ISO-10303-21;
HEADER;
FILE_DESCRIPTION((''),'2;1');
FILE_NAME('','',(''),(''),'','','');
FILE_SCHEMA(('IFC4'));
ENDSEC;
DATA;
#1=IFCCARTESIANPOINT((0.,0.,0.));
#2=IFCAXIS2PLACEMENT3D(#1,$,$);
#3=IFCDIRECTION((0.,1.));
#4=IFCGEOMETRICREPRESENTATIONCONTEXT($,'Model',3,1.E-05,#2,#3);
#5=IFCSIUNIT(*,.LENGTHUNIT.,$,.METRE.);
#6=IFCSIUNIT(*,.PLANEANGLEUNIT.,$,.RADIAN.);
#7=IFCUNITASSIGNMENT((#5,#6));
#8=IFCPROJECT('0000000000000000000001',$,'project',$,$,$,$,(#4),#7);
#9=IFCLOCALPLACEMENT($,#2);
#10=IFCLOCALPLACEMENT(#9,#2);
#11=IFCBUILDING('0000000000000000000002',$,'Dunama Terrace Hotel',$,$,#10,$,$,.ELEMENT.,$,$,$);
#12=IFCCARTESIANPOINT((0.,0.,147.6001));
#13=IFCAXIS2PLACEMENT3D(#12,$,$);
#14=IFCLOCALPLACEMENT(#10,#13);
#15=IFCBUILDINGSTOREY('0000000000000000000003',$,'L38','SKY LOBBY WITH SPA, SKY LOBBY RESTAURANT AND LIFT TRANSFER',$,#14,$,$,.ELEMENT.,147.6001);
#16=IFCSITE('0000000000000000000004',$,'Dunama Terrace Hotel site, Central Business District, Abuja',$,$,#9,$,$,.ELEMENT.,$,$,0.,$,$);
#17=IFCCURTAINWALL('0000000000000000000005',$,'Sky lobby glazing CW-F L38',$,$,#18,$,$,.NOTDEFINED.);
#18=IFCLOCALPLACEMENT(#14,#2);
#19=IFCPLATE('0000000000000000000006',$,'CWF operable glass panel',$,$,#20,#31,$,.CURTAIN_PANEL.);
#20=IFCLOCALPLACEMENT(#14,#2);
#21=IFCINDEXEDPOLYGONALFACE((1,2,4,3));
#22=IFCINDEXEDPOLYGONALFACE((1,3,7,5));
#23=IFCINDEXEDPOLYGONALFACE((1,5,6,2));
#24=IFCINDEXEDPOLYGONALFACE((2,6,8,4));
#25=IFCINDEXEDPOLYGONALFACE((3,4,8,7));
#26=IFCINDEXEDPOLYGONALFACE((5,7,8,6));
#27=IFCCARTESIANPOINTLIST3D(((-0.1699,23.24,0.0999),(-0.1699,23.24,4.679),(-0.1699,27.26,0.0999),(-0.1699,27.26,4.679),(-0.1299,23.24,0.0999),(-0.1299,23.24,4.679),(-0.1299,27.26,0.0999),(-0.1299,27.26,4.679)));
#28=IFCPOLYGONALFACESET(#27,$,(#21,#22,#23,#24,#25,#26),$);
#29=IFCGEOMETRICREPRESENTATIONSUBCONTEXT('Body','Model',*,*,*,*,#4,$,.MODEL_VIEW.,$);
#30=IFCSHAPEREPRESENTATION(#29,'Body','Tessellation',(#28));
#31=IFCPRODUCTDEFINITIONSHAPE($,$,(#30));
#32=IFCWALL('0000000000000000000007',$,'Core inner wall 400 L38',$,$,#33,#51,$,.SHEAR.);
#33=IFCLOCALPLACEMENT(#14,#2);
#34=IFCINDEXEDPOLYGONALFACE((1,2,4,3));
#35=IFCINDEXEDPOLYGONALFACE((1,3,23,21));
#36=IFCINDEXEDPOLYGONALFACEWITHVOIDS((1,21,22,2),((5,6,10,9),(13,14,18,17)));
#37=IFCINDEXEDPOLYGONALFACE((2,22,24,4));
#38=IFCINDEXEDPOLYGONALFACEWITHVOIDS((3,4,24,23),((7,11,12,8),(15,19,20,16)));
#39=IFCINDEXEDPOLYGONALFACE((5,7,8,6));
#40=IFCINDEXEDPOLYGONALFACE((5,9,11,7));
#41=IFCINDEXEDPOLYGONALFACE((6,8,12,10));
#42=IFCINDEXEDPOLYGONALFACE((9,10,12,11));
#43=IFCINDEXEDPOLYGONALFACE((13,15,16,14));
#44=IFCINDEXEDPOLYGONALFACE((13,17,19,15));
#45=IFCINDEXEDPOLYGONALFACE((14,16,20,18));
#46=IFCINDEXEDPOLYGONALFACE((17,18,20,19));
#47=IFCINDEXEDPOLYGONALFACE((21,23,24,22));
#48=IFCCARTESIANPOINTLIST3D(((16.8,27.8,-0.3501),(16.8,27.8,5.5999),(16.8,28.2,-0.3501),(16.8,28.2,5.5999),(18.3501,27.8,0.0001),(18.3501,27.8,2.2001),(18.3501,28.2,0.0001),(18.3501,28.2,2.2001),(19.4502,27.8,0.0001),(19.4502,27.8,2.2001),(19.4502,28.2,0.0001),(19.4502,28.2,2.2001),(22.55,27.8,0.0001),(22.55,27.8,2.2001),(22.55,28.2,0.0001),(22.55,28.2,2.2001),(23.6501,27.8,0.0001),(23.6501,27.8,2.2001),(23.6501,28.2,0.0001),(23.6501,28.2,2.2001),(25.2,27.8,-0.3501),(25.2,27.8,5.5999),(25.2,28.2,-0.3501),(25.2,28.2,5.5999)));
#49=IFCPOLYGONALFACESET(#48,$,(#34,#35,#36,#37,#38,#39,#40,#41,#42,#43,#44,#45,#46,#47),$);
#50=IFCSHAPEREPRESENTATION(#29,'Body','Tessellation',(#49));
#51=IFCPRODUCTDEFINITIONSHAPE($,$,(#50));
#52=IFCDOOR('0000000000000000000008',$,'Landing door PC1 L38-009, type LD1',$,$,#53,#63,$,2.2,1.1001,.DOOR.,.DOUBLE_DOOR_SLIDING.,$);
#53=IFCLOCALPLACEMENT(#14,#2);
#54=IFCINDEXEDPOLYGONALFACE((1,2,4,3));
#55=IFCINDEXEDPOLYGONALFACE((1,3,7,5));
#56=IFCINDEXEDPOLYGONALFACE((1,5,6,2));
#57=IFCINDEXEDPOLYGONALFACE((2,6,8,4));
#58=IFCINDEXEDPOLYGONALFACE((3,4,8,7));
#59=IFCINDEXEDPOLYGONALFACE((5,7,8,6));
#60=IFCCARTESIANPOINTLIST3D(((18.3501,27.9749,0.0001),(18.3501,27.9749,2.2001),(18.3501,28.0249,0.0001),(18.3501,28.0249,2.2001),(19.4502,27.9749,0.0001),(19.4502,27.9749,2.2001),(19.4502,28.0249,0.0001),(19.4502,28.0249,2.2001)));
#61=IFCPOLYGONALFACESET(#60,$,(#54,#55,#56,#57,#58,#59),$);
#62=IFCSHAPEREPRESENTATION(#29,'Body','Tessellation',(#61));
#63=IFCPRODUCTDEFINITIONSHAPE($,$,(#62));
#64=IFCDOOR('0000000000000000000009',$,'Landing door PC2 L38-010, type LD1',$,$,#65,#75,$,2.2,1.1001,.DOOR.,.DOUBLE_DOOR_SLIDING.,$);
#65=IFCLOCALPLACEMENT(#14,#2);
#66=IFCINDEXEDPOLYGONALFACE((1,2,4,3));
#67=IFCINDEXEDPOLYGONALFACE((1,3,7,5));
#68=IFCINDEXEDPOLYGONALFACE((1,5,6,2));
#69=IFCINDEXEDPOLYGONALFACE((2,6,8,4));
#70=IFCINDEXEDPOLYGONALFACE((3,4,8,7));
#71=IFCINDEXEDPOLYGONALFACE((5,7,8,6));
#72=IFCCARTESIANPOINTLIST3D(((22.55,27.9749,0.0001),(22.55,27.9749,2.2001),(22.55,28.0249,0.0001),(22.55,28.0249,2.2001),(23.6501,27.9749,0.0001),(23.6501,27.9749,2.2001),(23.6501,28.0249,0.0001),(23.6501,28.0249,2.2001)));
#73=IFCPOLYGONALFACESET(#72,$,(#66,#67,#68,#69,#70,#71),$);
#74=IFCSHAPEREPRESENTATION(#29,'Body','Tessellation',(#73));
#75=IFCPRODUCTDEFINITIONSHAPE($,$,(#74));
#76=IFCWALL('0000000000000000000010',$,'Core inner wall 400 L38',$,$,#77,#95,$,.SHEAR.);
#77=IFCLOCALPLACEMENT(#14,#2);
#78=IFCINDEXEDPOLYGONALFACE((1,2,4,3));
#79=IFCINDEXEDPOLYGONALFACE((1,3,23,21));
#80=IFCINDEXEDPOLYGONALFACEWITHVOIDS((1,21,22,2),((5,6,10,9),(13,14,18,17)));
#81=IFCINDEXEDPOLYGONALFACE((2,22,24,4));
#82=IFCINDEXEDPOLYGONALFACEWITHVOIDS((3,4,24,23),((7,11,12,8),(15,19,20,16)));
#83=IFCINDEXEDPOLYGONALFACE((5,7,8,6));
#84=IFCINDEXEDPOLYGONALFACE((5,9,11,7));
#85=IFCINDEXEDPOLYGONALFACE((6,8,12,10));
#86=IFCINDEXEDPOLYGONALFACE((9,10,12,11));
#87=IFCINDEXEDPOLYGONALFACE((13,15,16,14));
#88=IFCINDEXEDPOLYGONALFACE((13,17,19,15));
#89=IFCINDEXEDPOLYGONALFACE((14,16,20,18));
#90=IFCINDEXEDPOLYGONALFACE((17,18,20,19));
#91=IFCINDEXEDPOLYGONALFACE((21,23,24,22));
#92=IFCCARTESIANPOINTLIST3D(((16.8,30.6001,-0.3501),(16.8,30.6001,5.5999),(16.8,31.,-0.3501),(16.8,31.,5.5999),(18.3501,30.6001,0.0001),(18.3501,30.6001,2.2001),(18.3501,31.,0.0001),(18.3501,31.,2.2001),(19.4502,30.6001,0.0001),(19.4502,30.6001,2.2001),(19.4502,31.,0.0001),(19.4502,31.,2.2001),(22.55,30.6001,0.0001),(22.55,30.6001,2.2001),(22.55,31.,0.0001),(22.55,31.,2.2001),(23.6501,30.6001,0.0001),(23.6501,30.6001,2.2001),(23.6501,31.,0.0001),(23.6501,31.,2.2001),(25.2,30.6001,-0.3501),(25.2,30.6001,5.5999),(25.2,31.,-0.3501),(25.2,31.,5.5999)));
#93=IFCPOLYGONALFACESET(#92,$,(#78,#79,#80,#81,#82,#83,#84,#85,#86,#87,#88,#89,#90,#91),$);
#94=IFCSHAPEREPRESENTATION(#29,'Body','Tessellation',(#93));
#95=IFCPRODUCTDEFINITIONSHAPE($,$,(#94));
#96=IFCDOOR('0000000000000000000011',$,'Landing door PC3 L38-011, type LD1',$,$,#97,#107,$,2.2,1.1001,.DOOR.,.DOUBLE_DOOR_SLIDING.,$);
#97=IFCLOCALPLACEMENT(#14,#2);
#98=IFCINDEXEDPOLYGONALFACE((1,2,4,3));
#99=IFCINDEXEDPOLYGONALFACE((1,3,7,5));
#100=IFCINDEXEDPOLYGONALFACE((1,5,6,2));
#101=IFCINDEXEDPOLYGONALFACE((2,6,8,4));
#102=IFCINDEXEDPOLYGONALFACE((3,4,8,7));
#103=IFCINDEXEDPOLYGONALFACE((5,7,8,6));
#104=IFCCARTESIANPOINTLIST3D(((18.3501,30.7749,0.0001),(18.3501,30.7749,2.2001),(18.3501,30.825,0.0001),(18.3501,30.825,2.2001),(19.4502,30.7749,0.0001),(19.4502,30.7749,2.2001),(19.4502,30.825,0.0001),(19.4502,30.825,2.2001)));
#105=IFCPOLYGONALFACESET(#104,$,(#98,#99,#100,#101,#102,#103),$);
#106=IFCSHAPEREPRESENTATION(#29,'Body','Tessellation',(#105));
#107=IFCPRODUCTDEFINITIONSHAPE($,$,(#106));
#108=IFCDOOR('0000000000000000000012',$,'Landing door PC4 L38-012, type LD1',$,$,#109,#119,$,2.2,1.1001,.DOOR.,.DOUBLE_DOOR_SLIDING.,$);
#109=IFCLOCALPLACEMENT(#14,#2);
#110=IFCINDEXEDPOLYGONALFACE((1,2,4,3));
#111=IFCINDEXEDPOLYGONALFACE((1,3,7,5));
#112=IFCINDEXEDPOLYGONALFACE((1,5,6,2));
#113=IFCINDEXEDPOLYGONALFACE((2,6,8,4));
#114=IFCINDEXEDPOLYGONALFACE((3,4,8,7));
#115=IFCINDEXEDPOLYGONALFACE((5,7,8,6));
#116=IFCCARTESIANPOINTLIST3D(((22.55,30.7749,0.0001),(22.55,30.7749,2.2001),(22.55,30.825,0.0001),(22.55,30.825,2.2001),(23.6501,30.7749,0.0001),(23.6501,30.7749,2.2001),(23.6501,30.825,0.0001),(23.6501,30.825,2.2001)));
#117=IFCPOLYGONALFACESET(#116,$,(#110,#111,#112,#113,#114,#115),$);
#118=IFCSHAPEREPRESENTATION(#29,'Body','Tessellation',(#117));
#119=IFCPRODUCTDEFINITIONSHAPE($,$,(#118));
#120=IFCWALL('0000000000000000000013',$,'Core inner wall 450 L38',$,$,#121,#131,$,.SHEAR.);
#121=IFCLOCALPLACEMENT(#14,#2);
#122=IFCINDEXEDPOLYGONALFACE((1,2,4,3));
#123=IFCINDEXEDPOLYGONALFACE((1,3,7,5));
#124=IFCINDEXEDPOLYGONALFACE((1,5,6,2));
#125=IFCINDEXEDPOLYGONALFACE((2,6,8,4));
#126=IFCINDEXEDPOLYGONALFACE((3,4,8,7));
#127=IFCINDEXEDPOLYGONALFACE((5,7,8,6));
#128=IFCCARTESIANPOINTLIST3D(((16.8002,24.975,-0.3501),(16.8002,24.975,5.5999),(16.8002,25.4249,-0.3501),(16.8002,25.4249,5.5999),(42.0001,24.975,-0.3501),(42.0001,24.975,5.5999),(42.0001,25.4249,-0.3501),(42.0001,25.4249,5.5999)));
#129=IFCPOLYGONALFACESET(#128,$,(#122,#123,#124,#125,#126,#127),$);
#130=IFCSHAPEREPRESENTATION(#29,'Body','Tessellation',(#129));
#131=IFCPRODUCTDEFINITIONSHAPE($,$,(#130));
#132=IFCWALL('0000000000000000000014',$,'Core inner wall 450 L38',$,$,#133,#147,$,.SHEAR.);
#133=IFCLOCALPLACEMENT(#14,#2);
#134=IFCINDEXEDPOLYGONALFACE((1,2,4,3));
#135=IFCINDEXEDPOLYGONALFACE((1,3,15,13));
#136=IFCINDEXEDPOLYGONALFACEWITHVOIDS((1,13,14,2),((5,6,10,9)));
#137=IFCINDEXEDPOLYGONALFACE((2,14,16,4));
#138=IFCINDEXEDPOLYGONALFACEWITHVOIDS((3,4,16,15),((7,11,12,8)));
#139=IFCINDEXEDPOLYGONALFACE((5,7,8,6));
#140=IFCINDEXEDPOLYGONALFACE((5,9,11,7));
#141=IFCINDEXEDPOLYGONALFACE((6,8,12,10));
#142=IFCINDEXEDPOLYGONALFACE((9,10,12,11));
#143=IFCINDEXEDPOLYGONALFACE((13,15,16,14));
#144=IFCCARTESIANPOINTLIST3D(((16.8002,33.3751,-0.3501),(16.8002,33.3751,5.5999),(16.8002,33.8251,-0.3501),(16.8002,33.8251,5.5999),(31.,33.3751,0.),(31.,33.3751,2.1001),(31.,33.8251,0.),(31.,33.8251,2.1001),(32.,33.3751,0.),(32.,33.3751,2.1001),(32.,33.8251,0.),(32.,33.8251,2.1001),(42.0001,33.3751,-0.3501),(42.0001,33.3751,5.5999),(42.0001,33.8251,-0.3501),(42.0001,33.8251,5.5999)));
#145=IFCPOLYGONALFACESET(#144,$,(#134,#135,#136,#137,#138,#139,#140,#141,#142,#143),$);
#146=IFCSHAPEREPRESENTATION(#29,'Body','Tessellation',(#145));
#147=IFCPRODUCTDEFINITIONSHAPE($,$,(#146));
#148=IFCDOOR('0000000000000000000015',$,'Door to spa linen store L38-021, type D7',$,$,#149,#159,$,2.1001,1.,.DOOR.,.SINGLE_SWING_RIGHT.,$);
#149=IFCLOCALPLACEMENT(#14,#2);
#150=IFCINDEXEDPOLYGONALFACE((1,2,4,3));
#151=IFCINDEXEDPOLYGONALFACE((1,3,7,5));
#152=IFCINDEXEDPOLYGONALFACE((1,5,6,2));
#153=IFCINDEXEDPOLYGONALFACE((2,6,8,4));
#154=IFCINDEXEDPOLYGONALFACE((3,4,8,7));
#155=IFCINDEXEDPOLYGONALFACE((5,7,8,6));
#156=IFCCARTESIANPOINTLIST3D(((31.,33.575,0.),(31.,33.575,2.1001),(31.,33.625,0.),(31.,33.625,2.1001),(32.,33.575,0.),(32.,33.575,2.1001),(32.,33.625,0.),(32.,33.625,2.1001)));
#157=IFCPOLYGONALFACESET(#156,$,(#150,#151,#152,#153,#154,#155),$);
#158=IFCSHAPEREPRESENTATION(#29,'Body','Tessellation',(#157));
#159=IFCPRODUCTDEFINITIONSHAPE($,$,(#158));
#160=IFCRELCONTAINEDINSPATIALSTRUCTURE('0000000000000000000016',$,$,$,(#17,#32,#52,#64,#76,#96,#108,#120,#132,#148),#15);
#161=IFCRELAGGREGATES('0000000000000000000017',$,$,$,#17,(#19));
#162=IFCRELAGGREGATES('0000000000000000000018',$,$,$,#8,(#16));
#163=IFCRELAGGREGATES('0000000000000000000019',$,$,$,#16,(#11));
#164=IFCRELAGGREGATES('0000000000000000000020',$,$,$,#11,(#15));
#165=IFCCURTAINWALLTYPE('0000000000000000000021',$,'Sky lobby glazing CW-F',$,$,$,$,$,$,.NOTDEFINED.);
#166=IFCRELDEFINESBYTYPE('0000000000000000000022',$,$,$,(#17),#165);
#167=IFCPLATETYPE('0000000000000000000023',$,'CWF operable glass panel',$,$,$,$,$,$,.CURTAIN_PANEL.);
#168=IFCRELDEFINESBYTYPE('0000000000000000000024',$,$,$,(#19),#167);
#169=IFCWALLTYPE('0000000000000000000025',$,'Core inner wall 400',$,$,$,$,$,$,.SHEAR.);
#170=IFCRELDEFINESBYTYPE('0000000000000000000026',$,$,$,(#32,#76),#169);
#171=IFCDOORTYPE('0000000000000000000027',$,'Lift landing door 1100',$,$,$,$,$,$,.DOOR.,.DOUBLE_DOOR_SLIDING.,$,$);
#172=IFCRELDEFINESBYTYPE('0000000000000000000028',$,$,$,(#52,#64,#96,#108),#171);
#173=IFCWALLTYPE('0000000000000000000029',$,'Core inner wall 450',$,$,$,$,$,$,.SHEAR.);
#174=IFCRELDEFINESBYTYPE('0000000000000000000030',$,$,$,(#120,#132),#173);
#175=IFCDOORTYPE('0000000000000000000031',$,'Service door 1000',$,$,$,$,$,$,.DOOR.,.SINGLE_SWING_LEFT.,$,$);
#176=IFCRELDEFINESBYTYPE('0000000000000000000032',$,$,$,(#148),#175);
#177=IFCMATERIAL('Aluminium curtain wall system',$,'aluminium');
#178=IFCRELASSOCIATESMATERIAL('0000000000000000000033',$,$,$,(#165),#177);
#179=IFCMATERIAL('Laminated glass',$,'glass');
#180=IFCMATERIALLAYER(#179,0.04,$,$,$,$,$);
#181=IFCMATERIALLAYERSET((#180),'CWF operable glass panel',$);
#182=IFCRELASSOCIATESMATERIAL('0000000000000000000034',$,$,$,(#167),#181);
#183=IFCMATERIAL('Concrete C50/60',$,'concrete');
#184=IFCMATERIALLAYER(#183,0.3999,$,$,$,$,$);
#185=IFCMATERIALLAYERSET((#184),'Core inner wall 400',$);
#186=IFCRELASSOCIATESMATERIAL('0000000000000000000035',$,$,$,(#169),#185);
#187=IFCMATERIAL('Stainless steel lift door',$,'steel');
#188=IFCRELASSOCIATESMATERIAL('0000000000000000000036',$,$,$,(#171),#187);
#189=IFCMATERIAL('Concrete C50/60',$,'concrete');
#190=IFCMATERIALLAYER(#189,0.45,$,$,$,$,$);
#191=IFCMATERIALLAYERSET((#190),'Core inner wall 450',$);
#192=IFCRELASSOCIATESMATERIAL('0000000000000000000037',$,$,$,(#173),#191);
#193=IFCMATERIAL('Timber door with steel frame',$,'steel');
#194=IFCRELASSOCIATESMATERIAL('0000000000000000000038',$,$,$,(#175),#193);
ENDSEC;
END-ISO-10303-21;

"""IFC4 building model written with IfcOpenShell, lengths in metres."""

from ifc_helpers import new_model, si_unit, direction, frame, frame_2d, origin, origin_2d, place, context, subcontext, project, spatial, rectangle, extrude, material, layer, layer_set, type_object, element, fill, aggregate, save


model = new_model("IFC4")

# Units and contexts
model_context = context("Model", 3, precision=1e-05, world=origin(), true_north=direction((0.0, 1.0)))
body_context = subcontext(model_context, "Body", "Model", "MODEL_VIEW")
ifc_project = project(units=[si_unit("LENGTHUNIT", "METRE"), si_unit("PLANEANGLEUNIT", "RADIAN")], contexts=[model_context])

# Site, building, storey
site_placement = place(None, origin())
site = spatial("IfcSite", under=ifc_project, at=site_placement, Name="Dunama Terrace Hotel site, Central Business District, Abuja", CompositionType="ELEMENT", RefElevation=0.0)
building_placement = place(site_placement, origin())
building = spatial("IfcBuilding", under=site, at=building_placement, Name="Dunama Terrace Hotel", CompositionType="ELEMENT")
storey_placement = place(building_placement, frame((0.0, 0.0, 147.6001)))
storey = spatial("IfcBuildingStorey", under=building, at=storey_placement, Name="L38", Description="SKY LOBBY WITH SPA, SKY LOBBY RESTAURANT AND LIFT TRANSFER", CompositionType="ELEMENT", Elevation=147.6001)

# Curtain wall, plate
ifc_material_1 = material(Name="Aluminium curtain wall system", Category="aluminium")
curtain_wall_type = type_object("IfcCurtainWallType", Name="Sky lobby glazing CW-F", PredefinedType="NOTDEFINED", material=ifc_material_1)
curtain_wall_placement = place(storey_placement, origin())
curtain_wall = element("IfcCurtainWall", 1, at=curtain_wall_placement, inside=storey, type_object=curtain_wall_type, Name="Sky lobby glazing CW-F L38", PredefinedType="NOTDEFINED")
ifc_material_2 = material(Name="Laminated glass", Category="glass")
ifc_layer_1 = layer(ifc_material_2, 0.04)
ifc_layer_set_1 = layer_set([ifc_layer_1], Name="CWF operable glass panel")
plate_type_1 = type_object("IfcPlateType", Name="CWF operable glass panel", PredefinedType="CURTAIN_PANEL", material=ifc_layer_set_1)
plate_1_placement = place(storey_placement, frame((-0.1499, 25.25, 0.0999), z_axis=(0.0, 0.0, 1.0), x_axis=(0.0, -1.0, 0.0)))
plate_1 = element("IfcPlate", 2, at=plate_1_placement, type_object=plate_type_1, Name="CWF operable glass panel", PredefinedType="CURTAIN_PANEL", context=body_context, shape_type="SweptSolid", body=[
    extrude(rectangle(XDim=4.02, YDim=0.04, at=origin_2d()), origin(), (0.0, 0.0, 1.0), 4.5791),
])
aggregate(curtain_wall, [plate_1])

# Walls, openings, doors
ifc_material_3 = material(Name="Concrete C50/60", Category="concrete")
ifc_layer_2 = layer(ifc_material_3, 0.3999)
ifc_layer_set_2 = layer_set([ifc_layer_2], Name="Core inner wall 400")
wall_type_1 = type_object("IfcWallType", Name="Core inner wall 400", PredefinedType="SHEAR", material=ifc_layer_set_2)
wall_1_placement = place(storey_placement, frame((16.8, 28.0, -0.3501), z_axis=(0.0, 0.0, 1.0), x_axis=(1.0, 0.0, 0.0)))
wall_1 = element("IfcWall", 3, at=wall_1_placement, inside=storey, type_object=wall_type_1, Name="Core inner wall 400 L38", PredefinedType="SHEAR", context=body_context, shape_type="SweptSolid", body=[
    extrude(rectangle(XDim=8.3999, YDim=0.3999, at=frame_2d((4.2, 0.0))), origin(), (0.0, 0.0, 1.0), 5.95),
])
opening_1_placement = place(wall_1_placement, frame((1.55, 0.0, 0.3501)))
opening_1 = element("IfcOpeningElement", 4, at=opening_1_placement, cuts=wall_1, PredefinedType="OPENING", context=body_context, shape_type="SweptSolid", body=[
    extrude(rectangle(XDim=1.1001, YDim=2.2, at=frame_2d((0.55, 1.1001))), frame((0.0, 0.21, 0.0), z_axis=(0.0, -1.0, 0.0), x_axis=(1.0, 0.0, 0.0)), (0.0, 0.0, 1.0), 0.4199),
])
opening_2_placement = place(wall_1_placement, frame((5.75, 0.0, 0.3501)))
opening_2 = element("IfcOpeningElement", 5, at=opening_2_placement, cuts=wall_1, PredefinedType="OPENING", context=body_context, shape_type="SweptSolid", body=[
    extrude(rectangle(XDim=1.1001, YDim=2.2, at=frame_2d((0.55, 1.1001))), frame((0.0, 0.21, 0.0), z_axis=(0.0, -1.0, 0.0), x_axis=(1.0, 0.0, 0.0)), (0.0, 0.0, 1.0), 0.4199),
])
ifc_material_4 = material(Name="Stainless steel lift door", Category="steel")
door_type_1 = type_object("IfcDoorType", Name="Lift landing door 1100", OperationType="DOUBLE_DOOR_SLIDING", PredefinedType="DOOR", material=ifc_material_4)
door_1_placement = place(opening_1_placement, origin())
door_1 = element("IfcDoor", 6, at=door_1_placement, inside=storey, type_object=door_type_1, Name="Landing door PC1 L38-009, type LD1", OperationType="DOUBLE_DOOR_SLIDING", OverallHeight=2.2, OverallWidth=1.1001, PredefinedType="DOOR", context=body_context, shape_type="SweptSolid", body=[
    extrude(rectangle(XDim=1.1001, YDim=2.2, at=frame_2d((0.55, 1.1001))), frame((0.0, 0.0249, 0.0), z_axis=(0.0, -1.0, 0.0), x_axis=(1.0, 0.0, 0.0)), (0.0, 0.0, 1.0), 0.05),
])
fill(opening_1, door_1)
door_2_placement = place(opening_2_placement, origin())
door_2 = element("IfcDoor", 7, at=door_2_placement, inside=storey, type_object=door_type_1, Name="Landing door PC2 L38-010, type LD1", OperationType="DOUBLE_DOOR_SLIDING", OverallHeight=2.2, OverallWidth=1.1001, PredefinedType="DOOR", context=body_context, shape_type="SweptSolid", body=[
    extrude(rectangle(XDim=1.1001, YDim=2.2, at=frame_2d((0.55, 1.1001))), frame((0.0, 0.0249, 0.0), z_axis=(0.0, -1.0, 0.0), x_axis=(1.0, 0.0, 0.0)), (0.0, 0.0, 1.0), 0.05),
])
fill(opening_2, door_2)
wall_2_placement = place(storey_placement, frame((16.8, 30.8, -0.3501), z_axis=(0.0, 0.0, 1.0), x_axis=(1.0, 0.0, 0.0)))
wall_2 = element("IfcWall", 8, at=wall_2_placement, inside=storey, type_object=wall_type_1, Name="Core inner wall 400 L38", PredefinedType="SHEAR", context=body_context, shape_type="SweptSolid", body=[
    extrude(rectangle(XDim=8.3999, YDim=0.3999, at=frame_2d((4.2, 0.0))), origin(), (0.0, 0.0, 1.0), 5.95),
])
opening_3_placement = place(wall_2_placement, frame((1.55, 0.0, 0.3501)))
opening_3 = element("IfcOpeningElement", 9, at=opening_3_placement, cuts=wall_2, PredefinedType="OPENING", context=body_context, shape_type="SweptSolid", body=[
    extrude(rectangle(XDim=1.1001, YDim=2.2, at=frame_2d((0.55, 1.1001))), frame((0.0, 0.21, 0.0), z_axis=(0.0, -1.0, 0.0), x_axis=(1.0, 0.0, 0.0)), (0.0, 0.0, 1.0), 0.4199),
])
opening_4_placement = place(wall_2_placement, frame((5.75, 0.0, 0.3501)))
opening_4 = element("IfcOpeningElement", 10, at=opening_4_placement, cuts=wall_2, PredefinedType="OPENING", context=body_context, shape_type="SweptSolid", body=[
    extrude(rectangle(XDim=1.1001, YDim=2.2, at=frame_2d((0.55, 1.1001))), frame((0.0, 0.21, 0.0), z_axis=(0.0, -1.0, 0.0), x_axis=(1.0, 0.0, 0.0)), (0.0, 0.0, 1.0), 0.4199),
])
door_3_placement = place(opening_3_placement, origin())
door_3 = element("IfcDoor", 11, at=door_3_placement, inside=storey, type_object=door_type_1, Name="Landing door PC3 L38-011, type LD1", OperationType="DOUBLE_DOOR_SLIDING", OverallHeight=2.2, OverallWidth=1.1001, PredefinedType="DOOR", context=body_context, shape_type="SweptSolid", body=[
    extrude(rectangle(XDim=1.1001, YDim=2.2, at=frame_2d((0.55, 1.1001))), frame((0.0, 0.0249, 0.0), z_axis=(0.0, -1.0, 0.0), x_axis=(1.0, 0.0, 0.0)), (0.0, 0.0, 1.0), 0.05),
])
fill(opening_3, door_3)
door_4_placement = place(opening_4_placement, origin())
door_4 = element("IfcDoor", 12, at=door_4_placement, inside=storey, type_object=door_type_1, Name="Landing door PC4 L38-012, type LD1", OperationType="DOUBLE_DOOR_SLIDING", OverallHeight=2.2, OverallWidth=1.1001, PredefinedType="DOOR", context=body_context, shape_type="SweptSolid", body=[
    extrude(rectangle(XDim=1.1001, YDim=2.2, at=frame_2d((0.55, 1.1001))), frame((0.0, 0.0249, 0.0), z_axis=(0.0, -1.0, 0.0), x_axis=(1.0, 0.0, 0.0)), (0.0, 0.0, 1.0), 0.05),
])
fill(opening_4, door_4)

# Wall
ifc_material_5 = material(Name="Concrete C50/60", Category="concrete")
ifc_layer_3 = layer(ifc_material_5, 0.45)
ifc_layer_set_3 = layer_set([ifc_layer_3], Name="Core inner wall 450")
wall_type_2 = type_object("IfcWallType", Name="Core inner wall 450", PredefinedType="SHEAR", material=ifc_layer_set_3)
wall_3_placement = place(storey_placement, frame((16.8, 25.2, -0.3501), z_axis=(0.0, 0.0, 1.0), x_axis=(1.0, 0.0, 0.0)))
element("IfcWall", 13, at=wall_3_placement, inside=storey, type_object=wall_type_2, Name="Core inner wall 450 L38", PredefinedType="SHEAR", context=body_context, shape_type="SweptSolid", body=[
    extrude(rectangle(XDim=25.2, YDim=0.45, at=frame_2d((12.6001, 0.0))), origin(), (0.0, 0.0, 1.0), 5.95),
])

# Wall, opening, door
wall_4_placement = place(storey_placement, frame((16.8, 33.6001, -0.3501), z_axis=(0.0, 0.0, 1.0), x_axis=(1.0, 0.0, 0.0)))
wall_4 = element("IfcWall", 14, at=wall_4_placement, inside=storey, type_object=wall_type_2, Name="Core inner wall 450 L38", PredefinedType="SHEAR", context=body_context, shape_type="SweptSolid", body=[
    extrude(rectangle(XDim=25.2, YDim=0.45, at=frame_2d((12.6001, 0.0))), origin(), (0.0, 0.0, 1.0), 5.95),
])
opening_5_placement = place(wall_4_placement, frame((14.2, 0.0, 0.3501)))
opening_5 = element("IfcOpeningElement", 15, at=opening_5_placement, cuts=wall_4, PredefinedType="OPENING", context=body_context, shape_type="SweptSolid", body=[
    extrude(rectangle(XDim=1.0, YDim=2.1001, at=frame_2d((0.5, 1.05))), frame((0.0, 0.2349, 0.0), z_axis=(0.0, -1.0, 0.0), x_axis=(1.0, 0.0, 0.0)), (0.0, 0.0, 1.0), 0.47),
])
ifc_material_6 = material(Name="Timber door with steel frame", Category="steel")
door_type_2 = type_object("IfcDoorType", Name="Service door 1000", OperationType="SINGLE_SWING_LEFT", PredefinedType="DOOR", material=ifc_material_6)
door_5_placement = place(opening_5_placement, frame((1.0, 0.0, 0.0), z_axis=(0.0, 0.0, 1.0), x_axis=(-1.0, 0.0, 0.0)))
door_5 = element("IfcDoor", 16, at=door_5_placement, inside=storey, type_object=door_type_2, Name="Door to spa linen store L38-021, type D7", OperationType="SINGLE_SWING_RIGHT", OverallHeight=2.1001, OverallWidth=1.0, PredefinedType="DOOR", context=body_context, shape_type="SweptSolid", body=[
    extrude(rectangle(XDim=1.0, YDim=2.1001, at=frame_2d((0.5, 1.05))), frame((0.0, 0.0251, 0.0), z_axis=(0.0, -1.0, 0.0), x_axis=(1.0, 0.0, 0.0)), (0.0, 0.0, 1.0), 0.05),
])
fill(opening_5, door_5)

save(model, "model.ifc")
